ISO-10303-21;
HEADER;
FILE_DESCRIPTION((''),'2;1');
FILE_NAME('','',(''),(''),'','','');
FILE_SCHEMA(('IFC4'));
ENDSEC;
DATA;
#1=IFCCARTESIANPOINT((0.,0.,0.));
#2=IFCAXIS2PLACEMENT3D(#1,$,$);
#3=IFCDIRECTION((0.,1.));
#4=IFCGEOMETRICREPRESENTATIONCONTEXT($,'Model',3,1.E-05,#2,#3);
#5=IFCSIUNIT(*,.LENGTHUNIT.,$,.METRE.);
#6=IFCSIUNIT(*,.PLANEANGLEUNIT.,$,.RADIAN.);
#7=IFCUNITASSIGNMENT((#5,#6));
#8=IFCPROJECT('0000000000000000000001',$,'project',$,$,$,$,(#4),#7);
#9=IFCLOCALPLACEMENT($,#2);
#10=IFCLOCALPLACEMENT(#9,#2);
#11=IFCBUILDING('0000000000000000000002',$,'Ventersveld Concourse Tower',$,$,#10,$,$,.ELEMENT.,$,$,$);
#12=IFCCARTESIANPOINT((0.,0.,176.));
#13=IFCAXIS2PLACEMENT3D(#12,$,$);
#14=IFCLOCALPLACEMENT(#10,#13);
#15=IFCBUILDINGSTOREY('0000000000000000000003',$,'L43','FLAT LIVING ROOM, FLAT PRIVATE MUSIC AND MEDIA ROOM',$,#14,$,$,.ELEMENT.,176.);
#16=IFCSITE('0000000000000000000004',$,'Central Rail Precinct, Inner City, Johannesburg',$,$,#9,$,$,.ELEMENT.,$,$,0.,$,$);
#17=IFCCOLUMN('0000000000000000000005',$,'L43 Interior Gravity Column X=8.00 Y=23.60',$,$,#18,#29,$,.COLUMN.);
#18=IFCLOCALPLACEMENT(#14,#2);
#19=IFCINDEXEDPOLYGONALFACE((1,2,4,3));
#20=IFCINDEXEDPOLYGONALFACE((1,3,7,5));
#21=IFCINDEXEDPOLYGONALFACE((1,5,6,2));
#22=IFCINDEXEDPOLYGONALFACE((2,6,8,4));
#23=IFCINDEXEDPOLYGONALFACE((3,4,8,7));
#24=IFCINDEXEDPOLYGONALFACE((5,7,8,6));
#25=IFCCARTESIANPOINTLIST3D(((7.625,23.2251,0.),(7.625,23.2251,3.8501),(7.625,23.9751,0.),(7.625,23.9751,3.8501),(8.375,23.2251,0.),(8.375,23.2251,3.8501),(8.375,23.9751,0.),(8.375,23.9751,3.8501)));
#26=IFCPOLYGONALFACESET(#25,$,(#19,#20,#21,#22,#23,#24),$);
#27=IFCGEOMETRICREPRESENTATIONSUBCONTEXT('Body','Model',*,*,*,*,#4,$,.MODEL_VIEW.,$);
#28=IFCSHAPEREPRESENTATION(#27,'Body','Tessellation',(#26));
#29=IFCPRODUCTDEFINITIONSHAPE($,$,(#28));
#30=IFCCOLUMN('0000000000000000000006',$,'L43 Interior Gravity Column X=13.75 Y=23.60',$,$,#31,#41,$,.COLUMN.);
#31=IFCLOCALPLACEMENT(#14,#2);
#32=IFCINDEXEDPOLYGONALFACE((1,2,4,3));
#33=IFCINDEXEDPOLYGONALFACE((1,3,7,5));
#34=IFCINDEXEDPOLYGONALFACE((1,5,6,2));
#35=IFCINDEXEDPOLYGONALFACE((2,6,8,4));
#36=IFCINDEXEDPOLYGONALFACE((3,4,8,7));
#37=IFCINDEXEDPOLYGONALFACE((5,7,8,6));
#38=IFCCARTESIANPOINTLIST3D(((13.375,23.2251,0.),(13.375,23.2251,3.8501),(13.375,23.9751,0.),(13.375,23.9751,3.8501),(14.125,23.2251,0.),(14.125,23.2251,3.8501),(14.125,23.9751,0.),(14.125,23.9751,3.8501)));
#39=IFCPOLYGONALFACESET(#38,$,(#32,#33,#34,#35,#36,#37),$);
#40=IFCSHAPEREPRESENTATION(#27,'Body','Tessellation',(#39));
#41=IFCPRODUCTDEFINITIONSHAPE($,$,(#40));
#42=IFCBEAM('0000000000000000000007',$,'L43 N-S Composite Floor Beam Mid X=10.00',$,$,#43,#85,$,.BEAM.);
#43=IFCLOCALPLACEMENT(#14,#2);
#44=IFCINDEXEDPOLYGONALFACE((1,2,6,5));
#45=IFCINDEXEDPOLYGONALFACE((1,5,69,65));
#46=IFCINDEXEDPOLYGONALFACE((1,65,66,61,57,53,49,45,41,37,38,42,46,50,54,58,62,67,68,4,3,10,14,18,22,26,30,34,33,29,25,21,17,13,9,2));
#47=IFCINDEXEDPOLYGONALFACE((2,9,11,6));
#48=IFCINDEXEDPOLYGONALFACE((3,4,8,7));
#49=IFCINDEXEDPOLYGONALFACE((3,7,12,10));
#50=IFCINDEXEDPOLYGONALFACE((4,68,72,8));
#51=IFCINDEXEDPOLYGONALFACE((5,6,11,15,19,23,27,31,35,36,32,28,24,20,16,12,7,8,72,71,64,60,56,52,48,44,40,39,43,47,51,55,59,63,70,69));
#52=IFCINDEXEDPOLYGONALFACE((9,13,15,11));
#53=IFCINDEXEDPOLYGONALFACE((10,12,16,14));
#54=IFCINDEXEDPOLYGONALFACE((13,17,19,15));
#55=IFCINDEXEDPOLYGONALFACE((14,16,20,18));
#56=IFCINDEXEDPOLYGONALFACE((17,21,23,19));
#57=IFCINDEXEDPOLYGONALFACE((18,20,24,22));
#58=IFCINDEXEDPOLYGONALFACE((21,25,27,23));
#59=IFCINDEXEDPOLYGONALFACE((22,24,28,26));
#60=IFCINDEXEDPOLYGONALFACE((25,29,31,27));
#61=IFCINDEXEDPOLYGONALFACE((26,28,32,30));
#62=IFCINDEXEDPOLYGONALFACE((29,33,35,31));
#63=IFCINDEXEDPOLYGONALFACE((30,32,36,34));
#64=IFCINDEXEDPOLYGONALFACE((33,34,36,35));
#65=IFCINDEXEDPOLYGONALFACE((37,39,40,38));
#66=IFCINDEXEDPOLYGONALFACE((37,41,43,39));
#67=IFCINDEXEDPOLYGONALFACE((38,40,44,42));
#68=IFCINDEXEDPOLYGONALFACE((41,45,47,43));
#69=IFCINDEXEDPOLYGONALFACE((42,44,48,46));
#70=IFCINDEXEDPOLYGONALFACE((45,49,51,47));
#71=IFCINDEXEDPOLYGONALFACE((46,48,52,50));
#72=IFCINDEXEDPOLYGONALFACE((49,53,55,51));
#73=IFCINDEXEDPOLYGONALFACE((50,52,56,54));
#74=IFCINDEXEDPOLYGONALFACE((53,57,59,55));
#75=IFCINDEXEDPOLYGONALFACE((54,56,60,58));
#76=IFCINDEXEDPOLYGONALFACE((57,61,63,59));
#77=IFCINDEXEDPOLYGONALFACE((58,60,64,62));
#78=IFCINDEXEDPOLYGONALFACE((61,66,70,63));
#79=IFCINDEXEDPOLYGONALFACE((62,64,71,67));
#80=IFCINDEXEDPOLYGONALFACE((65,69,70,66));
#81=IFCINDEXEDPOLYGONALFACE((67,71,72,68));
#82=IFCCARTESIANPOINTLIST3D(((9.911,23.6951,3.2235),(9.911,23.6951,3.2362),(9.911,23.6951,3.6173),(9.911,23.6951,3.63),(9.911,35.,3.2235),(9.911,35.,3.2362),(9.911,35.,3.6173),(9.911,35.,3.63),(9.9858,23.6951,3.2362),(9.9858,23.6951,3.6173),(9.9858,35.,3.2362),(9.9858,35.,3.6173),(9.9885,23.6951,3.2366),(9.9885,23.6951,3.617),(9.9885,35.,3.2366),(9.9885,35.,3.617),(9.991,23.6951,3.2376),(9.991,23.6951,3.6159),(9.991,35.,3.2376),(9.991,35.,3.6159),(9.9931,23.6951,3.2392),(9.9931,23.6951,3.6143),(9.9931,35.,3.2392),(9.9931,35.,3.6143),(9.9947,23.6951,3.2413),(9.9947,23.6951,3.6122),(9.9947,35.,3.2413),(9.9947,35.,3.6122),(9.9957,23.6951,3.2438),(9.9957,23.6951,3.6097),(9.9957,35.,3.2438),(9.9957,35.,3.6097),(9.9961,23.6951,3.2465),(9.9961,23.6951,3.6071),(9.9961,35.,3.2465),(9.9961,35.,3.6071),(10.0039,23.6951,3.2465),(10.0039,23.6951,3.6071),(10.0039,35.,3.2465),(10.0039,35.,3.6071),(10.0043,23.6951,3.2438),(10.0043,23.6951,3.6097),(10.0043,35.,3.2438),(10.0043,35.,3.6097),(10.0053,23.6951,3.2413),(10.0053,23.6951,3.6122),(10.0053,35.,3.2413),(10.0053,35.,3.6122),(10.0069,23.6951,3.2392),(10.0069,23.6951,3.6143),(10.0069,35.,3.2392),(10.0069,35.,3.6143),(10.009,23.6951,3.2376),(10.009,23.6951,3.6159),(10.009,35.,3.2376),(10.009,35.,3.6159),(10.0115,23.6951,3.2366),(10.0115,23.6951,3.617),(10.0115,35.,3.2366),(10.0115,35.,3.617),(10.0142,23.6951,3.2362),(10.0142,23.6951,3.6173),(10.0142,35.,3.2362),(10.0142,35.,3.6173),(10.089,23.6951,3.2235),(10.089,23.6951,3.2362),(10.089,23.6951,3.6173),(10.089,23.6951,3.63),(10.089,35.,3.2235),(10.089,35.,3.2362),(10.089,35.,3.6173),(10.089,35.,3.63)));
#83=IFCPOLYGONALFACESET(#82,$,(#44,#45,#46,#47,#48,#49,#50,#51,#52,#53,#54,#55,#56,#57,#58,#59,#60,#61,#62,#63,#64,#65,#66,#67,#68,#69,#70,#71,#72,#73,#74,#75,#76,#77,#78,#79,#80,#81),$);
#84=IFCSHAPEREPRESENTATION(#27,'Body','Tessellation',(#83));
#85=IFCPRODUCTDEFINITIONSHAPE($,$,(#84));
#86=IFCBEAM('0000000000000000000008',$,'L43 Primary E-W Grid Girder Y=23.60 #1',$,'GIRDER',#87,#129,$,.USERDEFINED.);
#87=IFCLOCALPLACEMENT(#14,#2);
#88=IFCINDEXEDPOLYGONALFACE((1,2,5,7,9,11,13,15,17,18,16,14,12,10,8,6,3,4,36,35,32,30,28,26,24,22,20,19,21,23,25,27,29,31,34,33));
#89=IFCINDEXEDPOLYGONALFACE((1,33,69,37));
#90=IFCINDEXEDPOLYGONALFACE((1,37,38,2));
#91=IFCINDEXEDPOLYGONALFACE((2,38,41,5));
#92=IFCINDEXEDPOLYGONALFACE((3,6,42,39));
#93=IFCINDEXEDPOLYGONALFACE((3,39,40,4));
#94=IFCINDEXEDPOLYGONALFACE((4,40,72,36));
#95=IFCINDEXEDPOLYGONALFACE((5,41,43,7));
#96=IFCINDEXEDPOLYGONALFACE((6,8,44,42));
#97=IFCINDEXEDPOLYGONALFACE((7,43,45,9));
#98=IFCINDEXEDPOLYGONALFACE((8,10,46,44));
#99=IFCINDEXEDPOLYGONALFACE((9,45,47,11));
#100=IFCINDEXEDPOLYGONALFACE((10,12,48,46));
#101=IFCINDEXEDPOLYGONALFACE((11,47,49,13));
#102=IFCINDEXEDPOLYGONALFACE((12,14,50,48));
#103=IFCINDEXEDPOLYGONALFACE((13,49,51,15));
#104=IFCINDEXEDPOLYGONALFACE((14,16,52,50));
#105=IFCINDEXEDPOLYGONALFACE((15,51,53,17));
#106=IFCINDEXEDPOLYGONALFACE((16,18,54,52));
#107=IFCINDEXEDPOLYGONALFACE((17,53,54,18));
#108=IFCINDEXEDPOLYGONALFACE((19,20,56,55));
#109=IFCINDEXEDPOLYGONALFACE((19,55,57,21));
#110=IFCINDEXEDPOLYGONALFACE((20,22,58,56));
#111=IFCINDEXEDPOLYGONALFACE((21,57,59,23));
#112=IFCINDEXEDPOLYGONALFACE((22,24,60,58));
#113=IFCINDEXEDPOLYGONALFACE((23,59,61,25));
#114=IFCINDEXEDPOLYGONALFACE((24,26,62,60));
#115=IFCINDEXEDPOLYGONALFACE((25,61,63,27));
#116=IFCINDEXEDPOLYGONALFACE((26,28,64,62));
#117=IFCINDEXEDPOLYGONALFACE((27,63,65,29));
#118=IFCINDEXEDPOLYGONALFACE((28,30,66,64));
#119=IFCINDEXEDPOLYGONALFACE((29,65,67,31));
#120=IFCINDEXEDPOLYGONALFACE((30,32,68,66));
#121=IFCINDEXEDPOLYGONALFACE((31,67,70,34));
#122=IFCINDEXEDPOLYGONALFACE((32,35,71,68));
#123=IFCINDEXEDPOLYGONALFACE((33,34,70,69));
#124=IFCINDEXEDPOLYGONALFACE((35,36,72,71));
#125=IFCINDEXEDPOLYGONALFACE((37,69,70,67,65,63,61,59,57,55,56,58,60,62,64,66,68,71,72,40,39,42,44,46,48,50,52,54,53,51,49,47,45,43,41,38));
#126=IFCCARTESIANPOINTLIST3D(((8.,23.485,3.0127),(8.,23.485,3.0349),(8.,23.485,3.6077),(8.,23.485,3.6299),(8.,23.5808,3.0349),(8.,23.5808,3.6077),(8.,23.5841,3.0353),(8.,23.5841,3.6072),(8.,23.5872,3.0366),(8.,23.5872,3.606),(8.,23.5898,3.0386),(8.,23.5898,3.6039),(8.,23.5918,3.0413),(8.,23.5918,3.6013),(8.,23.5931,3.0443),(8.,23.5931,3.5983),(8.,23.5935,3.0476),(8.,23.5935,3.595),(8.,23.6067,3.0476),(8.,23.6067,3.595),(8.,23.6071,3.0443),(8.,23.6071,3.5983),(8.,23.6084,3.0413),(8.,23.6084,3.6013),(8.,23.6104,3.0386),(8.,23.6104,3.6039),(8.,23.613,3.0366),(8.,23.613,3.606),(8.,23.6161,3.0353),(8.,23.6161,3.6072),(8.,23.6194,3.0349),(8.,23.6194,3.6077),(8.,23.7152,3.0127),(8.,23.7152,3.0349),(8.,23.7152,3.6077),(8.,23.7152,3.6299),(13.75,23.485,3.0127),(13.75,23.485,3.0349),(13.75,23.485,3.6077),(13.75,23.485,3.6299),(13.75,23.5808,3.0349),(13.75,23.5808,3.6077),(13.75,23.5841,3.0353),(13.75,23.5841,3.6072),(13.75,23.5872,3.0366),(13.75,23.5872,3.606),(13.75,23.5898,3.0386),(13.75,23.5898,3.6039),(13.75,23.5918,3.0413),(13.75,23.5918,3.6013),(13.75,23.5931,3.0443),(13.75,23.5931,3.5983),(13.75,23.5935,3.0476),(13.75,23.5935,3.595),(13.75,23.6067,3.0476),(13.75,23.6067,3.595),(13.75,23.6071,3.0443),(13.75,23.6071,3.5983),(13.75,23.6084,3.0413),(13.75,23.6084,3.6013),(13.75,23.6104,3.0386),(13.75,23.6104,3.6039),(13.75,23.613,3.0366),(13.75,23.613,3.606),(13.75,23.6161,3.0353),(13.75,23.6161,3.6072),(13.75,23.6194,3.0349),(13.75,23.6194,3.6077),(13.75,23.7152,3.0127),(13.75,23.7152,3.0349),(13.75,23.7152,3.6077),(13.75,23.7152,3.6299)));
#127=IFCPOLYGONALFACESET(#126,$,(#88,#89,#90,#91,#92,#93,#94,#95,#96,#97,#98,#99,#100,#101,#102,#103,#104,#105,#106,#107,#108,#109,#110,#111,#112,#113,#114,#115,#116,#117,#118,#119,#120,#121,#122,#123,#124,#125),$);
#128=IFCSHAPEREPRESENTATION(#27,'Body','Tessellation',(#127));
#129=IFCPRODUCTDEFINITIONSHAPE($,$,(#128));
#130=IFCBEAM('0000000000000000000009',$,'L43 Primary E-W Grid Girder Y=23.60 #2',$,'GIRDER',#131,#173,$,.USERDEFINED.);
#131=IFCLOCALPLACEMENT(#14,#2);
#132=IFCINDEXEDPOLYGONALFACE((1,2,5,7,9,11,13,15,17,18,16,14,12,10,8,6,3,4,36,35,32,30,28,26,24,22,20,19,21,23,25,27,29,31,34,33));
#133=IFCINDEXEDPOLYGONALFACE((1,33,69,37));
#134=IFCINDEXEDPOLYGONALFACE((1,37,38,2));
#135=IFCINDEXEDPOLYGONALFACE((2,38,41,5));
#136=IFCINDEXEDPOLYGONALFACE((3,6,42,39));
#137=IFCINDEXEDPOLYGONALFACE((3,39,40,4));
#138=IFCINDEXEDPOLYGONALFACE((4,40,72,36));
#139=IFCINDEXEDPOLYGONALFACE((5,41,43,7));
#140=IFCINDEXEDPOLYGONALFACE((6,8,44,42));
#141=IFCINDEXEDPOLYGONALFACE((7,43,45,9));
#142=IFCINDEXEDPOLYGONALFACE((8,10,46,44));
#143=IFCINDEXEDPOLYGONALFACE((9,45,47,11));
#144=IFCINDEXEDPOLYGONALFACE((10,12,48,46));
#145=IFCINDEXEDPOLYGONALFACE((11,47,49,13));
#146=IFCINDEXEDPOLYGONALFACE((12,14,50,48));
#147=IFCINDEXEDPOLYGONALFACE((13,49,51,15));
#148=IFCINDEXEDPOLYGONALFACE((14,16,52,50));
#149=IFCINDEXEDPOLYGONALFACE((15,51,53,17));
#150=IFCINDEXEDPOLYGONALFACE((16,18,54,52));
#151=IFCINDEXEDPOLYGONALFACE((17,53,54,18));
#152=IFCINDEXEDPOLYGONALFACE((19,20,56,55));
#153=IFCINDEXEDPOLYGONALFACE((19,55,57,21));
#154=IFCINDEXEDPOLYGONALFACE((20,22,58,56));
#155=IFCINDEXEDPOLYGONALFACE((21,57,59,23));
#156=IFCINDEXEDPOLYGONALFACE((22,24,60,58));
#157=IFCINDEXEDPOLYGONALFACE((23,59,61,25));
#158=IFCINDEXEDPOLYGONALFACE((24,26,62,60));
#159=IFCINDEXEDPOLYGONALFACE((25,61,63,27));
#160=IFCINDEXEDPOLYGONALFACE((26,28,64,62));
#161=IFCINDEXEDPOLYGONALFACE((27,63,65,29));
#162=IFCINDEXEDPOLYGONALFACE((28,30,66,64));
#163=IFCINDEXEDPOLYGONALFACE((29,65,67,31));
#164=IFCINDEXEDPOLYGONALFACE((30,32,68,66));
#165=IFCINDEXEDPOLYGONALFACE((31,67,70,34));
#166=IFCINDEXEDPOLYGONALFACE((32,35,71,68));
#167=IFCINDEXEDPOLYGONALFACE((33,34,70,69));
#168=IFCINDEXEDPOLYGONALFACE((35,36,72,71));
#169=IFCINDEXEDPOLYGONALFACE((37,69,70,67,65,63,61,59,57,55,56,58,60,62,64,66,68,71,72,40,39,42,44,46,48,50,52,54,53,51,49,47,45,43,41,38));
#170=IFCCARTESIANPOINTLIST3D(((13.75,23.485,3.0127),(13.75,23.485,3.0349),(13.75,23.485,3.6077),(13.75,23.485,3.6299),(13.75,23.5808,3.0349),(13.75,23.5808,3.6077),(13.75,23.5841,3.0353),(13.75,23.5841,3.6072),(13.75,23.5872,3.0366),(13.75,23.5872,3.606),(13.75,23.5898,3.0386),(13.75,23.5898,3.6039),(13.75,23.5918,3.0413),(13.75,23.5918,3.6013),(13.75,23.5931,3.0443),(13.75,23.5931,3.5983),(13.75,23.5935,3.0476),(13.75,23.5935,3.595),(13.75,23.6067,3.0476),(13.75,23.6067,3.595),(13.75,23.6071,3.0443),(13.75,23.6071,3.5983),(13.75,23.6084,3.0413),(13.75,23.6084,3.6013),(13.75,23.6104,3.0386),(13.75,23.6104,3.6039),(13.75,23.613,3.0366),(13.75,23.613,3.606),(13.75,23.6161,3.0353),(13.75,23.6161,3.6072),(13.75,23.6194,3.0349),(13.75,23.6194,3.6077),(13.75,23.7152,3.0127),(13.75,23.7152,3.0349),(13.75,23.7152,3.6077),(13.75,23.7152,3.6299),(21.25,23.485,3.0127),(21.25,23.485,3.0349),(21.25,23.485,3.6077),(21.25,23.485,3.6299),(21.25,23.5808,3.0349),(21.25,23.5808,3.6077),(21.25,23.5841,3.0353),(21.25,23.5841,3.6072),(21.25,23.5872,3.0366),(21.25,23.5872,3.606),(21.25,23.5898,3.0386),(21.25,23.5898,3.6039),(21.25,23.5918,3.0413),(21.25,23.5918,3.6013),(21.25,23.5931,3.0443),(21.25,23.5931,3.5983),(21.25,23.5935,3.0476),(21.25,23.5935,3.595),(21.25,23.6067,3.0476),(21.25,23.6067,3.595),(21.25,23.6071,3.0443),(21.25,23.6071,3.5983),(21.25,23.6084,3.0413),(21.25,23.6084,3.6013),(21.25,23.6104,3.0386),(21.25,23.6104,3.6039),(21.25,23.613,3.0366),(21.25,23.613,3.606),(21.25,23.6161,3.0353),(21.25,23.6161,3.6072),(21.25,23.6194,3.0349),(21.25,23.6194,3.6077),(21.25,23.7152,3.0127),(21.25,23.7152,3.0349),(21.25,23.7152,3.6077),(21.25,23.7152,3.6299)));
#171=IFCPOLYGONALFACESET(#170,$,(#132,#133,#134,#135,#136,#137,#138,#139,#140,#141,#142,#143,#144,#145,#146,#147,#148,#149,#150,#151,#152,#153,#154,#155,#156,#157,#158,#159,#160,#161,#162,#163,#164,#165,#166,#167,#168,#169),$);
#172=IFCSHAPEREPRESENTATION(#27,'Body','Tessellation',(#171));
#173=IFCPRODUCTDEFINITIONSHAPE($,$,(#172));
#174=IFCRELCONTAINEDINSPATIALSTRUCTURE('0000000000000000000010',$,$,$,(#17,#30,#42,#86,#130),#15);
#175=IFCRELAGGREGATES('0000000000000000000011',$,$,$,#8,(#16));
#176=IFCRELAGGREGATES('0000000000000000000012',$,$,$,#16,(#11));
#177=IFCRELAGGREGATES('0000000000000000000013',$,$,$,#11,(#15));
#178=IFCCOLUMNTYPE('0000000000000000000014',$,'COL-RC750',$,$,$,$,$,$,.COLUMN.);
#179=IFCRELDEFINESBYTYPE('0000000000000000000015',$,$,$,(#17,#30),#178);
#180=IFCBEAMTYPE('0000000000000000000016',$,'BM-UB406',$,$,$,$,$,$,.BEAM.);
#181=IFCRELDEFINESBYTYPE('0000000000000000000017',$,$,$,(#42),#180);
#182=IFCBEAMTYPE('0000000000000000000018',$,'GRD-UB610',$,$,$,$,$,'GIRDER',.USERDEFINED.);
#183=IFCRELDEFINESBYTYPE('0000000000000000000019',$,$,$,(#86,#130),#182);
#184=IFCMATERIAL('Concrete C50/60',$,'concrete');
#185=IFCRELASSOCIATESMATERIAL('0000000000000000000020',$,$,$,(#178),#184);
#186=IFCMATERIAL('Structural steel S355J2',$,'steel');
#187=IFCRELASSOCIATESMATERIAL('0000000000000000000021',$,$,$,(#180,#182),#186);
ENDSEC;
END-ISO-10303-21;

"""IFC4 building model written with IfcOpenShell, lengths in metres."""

from ifc_helpers import new_model, si_unit, direction, frame, origin, origin_2d, place, context, subcontext, project, spatial, rectangle, i_section, extrude, material, material_profile, profile_set, type_object, element, save


model = new_model("IFC4")

# Units and contexts
model_context = context("Model", 3, precision=1e-05, world=origin(), true_north=direction((0.0, 1.0)))
body_context = subcontext(model_context, "Body", "Model", "MODEL_VIEW")
ifc_project = project(units=[si_unit("LENGTHUNIT", "METRE"), si_unit("PLANEANGLEUNIT", "RADIAN")], contexts=[model_context])

# Site, building, storey
site_placement = place(None, origin())
site = spatial("IfcSite", under=ifc_project, at=site_placement, Name="Central Rail Precinct, Inner City, Johannesburg", CompositionType="ELEMENT", RefElevation=0.0)
building_placement = place(site_placement, origin())
building = spatial("IfcBuilding", under=site, at=building_placement, Name="Ventersveld Concourse Tower", CompositionType="ELEMENT")
storey_placement = place(building_placement, frame((0.0, 0.0, 176.0)))
storey = spatial("IfcBuildingStorey", under=building, at=storey_placement, Name="L43", Description="FLAT LIVING ROOM, FLAT PRIVATE MUSIC AND MEDIA ROOM", CompositionType="ELEMENT", Elevation=176.0)

# Columns
ifc_material_1 = material(Name="Concrete C50/60", Category="concrete")
ifc_material_profile_1 = material_profile(ifc_material_1, rectangle(XDim=0.75, YDim=0.75, at=origin_2d()), Name="RC 750x750")
ifc_profile_set_1 = profile_set([ifc_material_profile_1], Name="Concrete C50/60")
column_type = type_object("IfcColumnType", Name="COL-RC750", PredefinedType="COLUMN", material=ifc_profile_set_1)
for number, where, z_axis, x_axis, name in (
    (1, (8.0, 23.6001, 0.0), (0.0, 0.0, 1.0), (1.0, 0.0, 0.0), "L43 Interior Gravity Column X=8.00 Y=23.60"),
    (2, (13.75, 23.6001, 0.0), (0.0, 0.0, 1.0), (1.0, 0.0, 0.0), "L43 Interior Gravity Column X=13.75 Y=23.60"),
):
    element("IfcColumn", number, at=place(storey_placement, frame(where, z_axis=z_axis, x_axis=x_axis)), inside=storey, type_object=column_type, Name=name, PredefinedType="COLUMN", context=body_context, shape_type="SweptSolid", body=[
        extrude(rectangle(XDim=0.75, YDim=0.75, at=origin_2d()), origin(), (0.0, 0.0, 1.0), 3.8501),
    ])

# Beams
ifc_material_2 = material(Name="Structural steel S355J2", Category="steel")
ifc_material_profile_2 = material_profile(ifc_material_2, i_section(OverallWidth=0.178, OverallDepth=0.4065, WebThickness=0.0078, FlangeThickness=0.0127, FilletRadius=0.0103, at=origin_2d()), Name="UB 406x178x60")
ifc_profile_set_2 = profile_set([ifc_material_profile_2], Name="Structural steel S355J2")
beam_type_1 = type_object("IfcBeamType", Name="BM-UB406", PredefinedType="BEAM", material=ifc_profile_set_2)
beam_1_placement = place(storey_placement, frame((10.0, 23.6951, 3.4268), z_axis=(0.0, 1.0, 0.0), x_axis=(-1.0, 0.0, 0.0)))
element("IfcBeam", 3, at=beam_1_placement, inside=storey, type_object=beam_type_1, Name="L43 N-S Composite Floor Beam Mid X=10.00", PredefinedType="BEAM", context=body_context, shape_type="SweptSolid", body=[
    extrude(i_section(OverallWidth=0.178, OverallDepth=0.4065, WebThickness=0.0078, FlangeThickness=0.0127, FilletRadius=0.0103, at=origin_2d()), origin(), (0.0, 0.0, 1.0), 11.3049),
])
ifc_material_profile_3 = material_profile(ifc_material_2, i_section(OverallWidth=0.2302, OverallDepth=0.6172, WebThickness=0.0132, FlangeThickness=0.0222, FilletRadius=0.0127, at=origin_2d()), Name="UB 610x229x140")
ifc_profile_set_3 = profile_set([ifc_material_profile_3], Name="Structural steel S355J2")
beam_type_2 = type_object("IfcBeamType", Name="GRD-UB610", ElementType="GIRDER", PredefinedType="USERDEFINED", material=ifc_profile_set_3)
beam_2_placement = place(storey_placement, frame((8.0, 23.6001, 3.3213), z_axis=(1.0, 0.0, 0.0), x_axis=(0.0, 1.0, 0.0)))
element("IfcBeam", 4, at=beam_2_placement, inside=storey, type_object=beam_type_2, Name="L43 Primary E-W Grid Girder Y=23.60 #1", ObjectType="GIRDER", PredefinedType="USERDEFINED", context=body_context, shape_type="SweptSolid", body=[
    extrude(i_section(OverallWidth=0.2302, OverallDepth=0.6172, WebThickness=0.0132, FlangeThickness=0.0222, FilletRadius=0.0127, at=origin_2d()), origin(), (0.0, 0.0, 1.0), 5.75),
])
beam_3_placement = place(storey_placement, frame((13.75, 23.6001, 3.3213), z_axis=(1.0, 0.0, 0.0), x_axis=(0.0, 1.0, 0.0)))
element("IfcBeam", 5, at=beam_3_placement, inside=storey, type_object=beam_type_2, Name="L43 Primary E-W Grid Girder Y=23.60 #2", ObjectType="GIRDER", PredefinedType="USERDEFINED", context=body_context, shape_type="SweptSolid", body=[
    extrude(i_section(OverallWidth=0.2302, OverallDepth=0.6172, WebThickness=0.0132, FlangeThickness=0.0222, FilletRadius=0.0127, at=origin_2d()), origin(), (0.0, 0.0, 1.0), 7.5),
])

save(model, "model.ifc")
